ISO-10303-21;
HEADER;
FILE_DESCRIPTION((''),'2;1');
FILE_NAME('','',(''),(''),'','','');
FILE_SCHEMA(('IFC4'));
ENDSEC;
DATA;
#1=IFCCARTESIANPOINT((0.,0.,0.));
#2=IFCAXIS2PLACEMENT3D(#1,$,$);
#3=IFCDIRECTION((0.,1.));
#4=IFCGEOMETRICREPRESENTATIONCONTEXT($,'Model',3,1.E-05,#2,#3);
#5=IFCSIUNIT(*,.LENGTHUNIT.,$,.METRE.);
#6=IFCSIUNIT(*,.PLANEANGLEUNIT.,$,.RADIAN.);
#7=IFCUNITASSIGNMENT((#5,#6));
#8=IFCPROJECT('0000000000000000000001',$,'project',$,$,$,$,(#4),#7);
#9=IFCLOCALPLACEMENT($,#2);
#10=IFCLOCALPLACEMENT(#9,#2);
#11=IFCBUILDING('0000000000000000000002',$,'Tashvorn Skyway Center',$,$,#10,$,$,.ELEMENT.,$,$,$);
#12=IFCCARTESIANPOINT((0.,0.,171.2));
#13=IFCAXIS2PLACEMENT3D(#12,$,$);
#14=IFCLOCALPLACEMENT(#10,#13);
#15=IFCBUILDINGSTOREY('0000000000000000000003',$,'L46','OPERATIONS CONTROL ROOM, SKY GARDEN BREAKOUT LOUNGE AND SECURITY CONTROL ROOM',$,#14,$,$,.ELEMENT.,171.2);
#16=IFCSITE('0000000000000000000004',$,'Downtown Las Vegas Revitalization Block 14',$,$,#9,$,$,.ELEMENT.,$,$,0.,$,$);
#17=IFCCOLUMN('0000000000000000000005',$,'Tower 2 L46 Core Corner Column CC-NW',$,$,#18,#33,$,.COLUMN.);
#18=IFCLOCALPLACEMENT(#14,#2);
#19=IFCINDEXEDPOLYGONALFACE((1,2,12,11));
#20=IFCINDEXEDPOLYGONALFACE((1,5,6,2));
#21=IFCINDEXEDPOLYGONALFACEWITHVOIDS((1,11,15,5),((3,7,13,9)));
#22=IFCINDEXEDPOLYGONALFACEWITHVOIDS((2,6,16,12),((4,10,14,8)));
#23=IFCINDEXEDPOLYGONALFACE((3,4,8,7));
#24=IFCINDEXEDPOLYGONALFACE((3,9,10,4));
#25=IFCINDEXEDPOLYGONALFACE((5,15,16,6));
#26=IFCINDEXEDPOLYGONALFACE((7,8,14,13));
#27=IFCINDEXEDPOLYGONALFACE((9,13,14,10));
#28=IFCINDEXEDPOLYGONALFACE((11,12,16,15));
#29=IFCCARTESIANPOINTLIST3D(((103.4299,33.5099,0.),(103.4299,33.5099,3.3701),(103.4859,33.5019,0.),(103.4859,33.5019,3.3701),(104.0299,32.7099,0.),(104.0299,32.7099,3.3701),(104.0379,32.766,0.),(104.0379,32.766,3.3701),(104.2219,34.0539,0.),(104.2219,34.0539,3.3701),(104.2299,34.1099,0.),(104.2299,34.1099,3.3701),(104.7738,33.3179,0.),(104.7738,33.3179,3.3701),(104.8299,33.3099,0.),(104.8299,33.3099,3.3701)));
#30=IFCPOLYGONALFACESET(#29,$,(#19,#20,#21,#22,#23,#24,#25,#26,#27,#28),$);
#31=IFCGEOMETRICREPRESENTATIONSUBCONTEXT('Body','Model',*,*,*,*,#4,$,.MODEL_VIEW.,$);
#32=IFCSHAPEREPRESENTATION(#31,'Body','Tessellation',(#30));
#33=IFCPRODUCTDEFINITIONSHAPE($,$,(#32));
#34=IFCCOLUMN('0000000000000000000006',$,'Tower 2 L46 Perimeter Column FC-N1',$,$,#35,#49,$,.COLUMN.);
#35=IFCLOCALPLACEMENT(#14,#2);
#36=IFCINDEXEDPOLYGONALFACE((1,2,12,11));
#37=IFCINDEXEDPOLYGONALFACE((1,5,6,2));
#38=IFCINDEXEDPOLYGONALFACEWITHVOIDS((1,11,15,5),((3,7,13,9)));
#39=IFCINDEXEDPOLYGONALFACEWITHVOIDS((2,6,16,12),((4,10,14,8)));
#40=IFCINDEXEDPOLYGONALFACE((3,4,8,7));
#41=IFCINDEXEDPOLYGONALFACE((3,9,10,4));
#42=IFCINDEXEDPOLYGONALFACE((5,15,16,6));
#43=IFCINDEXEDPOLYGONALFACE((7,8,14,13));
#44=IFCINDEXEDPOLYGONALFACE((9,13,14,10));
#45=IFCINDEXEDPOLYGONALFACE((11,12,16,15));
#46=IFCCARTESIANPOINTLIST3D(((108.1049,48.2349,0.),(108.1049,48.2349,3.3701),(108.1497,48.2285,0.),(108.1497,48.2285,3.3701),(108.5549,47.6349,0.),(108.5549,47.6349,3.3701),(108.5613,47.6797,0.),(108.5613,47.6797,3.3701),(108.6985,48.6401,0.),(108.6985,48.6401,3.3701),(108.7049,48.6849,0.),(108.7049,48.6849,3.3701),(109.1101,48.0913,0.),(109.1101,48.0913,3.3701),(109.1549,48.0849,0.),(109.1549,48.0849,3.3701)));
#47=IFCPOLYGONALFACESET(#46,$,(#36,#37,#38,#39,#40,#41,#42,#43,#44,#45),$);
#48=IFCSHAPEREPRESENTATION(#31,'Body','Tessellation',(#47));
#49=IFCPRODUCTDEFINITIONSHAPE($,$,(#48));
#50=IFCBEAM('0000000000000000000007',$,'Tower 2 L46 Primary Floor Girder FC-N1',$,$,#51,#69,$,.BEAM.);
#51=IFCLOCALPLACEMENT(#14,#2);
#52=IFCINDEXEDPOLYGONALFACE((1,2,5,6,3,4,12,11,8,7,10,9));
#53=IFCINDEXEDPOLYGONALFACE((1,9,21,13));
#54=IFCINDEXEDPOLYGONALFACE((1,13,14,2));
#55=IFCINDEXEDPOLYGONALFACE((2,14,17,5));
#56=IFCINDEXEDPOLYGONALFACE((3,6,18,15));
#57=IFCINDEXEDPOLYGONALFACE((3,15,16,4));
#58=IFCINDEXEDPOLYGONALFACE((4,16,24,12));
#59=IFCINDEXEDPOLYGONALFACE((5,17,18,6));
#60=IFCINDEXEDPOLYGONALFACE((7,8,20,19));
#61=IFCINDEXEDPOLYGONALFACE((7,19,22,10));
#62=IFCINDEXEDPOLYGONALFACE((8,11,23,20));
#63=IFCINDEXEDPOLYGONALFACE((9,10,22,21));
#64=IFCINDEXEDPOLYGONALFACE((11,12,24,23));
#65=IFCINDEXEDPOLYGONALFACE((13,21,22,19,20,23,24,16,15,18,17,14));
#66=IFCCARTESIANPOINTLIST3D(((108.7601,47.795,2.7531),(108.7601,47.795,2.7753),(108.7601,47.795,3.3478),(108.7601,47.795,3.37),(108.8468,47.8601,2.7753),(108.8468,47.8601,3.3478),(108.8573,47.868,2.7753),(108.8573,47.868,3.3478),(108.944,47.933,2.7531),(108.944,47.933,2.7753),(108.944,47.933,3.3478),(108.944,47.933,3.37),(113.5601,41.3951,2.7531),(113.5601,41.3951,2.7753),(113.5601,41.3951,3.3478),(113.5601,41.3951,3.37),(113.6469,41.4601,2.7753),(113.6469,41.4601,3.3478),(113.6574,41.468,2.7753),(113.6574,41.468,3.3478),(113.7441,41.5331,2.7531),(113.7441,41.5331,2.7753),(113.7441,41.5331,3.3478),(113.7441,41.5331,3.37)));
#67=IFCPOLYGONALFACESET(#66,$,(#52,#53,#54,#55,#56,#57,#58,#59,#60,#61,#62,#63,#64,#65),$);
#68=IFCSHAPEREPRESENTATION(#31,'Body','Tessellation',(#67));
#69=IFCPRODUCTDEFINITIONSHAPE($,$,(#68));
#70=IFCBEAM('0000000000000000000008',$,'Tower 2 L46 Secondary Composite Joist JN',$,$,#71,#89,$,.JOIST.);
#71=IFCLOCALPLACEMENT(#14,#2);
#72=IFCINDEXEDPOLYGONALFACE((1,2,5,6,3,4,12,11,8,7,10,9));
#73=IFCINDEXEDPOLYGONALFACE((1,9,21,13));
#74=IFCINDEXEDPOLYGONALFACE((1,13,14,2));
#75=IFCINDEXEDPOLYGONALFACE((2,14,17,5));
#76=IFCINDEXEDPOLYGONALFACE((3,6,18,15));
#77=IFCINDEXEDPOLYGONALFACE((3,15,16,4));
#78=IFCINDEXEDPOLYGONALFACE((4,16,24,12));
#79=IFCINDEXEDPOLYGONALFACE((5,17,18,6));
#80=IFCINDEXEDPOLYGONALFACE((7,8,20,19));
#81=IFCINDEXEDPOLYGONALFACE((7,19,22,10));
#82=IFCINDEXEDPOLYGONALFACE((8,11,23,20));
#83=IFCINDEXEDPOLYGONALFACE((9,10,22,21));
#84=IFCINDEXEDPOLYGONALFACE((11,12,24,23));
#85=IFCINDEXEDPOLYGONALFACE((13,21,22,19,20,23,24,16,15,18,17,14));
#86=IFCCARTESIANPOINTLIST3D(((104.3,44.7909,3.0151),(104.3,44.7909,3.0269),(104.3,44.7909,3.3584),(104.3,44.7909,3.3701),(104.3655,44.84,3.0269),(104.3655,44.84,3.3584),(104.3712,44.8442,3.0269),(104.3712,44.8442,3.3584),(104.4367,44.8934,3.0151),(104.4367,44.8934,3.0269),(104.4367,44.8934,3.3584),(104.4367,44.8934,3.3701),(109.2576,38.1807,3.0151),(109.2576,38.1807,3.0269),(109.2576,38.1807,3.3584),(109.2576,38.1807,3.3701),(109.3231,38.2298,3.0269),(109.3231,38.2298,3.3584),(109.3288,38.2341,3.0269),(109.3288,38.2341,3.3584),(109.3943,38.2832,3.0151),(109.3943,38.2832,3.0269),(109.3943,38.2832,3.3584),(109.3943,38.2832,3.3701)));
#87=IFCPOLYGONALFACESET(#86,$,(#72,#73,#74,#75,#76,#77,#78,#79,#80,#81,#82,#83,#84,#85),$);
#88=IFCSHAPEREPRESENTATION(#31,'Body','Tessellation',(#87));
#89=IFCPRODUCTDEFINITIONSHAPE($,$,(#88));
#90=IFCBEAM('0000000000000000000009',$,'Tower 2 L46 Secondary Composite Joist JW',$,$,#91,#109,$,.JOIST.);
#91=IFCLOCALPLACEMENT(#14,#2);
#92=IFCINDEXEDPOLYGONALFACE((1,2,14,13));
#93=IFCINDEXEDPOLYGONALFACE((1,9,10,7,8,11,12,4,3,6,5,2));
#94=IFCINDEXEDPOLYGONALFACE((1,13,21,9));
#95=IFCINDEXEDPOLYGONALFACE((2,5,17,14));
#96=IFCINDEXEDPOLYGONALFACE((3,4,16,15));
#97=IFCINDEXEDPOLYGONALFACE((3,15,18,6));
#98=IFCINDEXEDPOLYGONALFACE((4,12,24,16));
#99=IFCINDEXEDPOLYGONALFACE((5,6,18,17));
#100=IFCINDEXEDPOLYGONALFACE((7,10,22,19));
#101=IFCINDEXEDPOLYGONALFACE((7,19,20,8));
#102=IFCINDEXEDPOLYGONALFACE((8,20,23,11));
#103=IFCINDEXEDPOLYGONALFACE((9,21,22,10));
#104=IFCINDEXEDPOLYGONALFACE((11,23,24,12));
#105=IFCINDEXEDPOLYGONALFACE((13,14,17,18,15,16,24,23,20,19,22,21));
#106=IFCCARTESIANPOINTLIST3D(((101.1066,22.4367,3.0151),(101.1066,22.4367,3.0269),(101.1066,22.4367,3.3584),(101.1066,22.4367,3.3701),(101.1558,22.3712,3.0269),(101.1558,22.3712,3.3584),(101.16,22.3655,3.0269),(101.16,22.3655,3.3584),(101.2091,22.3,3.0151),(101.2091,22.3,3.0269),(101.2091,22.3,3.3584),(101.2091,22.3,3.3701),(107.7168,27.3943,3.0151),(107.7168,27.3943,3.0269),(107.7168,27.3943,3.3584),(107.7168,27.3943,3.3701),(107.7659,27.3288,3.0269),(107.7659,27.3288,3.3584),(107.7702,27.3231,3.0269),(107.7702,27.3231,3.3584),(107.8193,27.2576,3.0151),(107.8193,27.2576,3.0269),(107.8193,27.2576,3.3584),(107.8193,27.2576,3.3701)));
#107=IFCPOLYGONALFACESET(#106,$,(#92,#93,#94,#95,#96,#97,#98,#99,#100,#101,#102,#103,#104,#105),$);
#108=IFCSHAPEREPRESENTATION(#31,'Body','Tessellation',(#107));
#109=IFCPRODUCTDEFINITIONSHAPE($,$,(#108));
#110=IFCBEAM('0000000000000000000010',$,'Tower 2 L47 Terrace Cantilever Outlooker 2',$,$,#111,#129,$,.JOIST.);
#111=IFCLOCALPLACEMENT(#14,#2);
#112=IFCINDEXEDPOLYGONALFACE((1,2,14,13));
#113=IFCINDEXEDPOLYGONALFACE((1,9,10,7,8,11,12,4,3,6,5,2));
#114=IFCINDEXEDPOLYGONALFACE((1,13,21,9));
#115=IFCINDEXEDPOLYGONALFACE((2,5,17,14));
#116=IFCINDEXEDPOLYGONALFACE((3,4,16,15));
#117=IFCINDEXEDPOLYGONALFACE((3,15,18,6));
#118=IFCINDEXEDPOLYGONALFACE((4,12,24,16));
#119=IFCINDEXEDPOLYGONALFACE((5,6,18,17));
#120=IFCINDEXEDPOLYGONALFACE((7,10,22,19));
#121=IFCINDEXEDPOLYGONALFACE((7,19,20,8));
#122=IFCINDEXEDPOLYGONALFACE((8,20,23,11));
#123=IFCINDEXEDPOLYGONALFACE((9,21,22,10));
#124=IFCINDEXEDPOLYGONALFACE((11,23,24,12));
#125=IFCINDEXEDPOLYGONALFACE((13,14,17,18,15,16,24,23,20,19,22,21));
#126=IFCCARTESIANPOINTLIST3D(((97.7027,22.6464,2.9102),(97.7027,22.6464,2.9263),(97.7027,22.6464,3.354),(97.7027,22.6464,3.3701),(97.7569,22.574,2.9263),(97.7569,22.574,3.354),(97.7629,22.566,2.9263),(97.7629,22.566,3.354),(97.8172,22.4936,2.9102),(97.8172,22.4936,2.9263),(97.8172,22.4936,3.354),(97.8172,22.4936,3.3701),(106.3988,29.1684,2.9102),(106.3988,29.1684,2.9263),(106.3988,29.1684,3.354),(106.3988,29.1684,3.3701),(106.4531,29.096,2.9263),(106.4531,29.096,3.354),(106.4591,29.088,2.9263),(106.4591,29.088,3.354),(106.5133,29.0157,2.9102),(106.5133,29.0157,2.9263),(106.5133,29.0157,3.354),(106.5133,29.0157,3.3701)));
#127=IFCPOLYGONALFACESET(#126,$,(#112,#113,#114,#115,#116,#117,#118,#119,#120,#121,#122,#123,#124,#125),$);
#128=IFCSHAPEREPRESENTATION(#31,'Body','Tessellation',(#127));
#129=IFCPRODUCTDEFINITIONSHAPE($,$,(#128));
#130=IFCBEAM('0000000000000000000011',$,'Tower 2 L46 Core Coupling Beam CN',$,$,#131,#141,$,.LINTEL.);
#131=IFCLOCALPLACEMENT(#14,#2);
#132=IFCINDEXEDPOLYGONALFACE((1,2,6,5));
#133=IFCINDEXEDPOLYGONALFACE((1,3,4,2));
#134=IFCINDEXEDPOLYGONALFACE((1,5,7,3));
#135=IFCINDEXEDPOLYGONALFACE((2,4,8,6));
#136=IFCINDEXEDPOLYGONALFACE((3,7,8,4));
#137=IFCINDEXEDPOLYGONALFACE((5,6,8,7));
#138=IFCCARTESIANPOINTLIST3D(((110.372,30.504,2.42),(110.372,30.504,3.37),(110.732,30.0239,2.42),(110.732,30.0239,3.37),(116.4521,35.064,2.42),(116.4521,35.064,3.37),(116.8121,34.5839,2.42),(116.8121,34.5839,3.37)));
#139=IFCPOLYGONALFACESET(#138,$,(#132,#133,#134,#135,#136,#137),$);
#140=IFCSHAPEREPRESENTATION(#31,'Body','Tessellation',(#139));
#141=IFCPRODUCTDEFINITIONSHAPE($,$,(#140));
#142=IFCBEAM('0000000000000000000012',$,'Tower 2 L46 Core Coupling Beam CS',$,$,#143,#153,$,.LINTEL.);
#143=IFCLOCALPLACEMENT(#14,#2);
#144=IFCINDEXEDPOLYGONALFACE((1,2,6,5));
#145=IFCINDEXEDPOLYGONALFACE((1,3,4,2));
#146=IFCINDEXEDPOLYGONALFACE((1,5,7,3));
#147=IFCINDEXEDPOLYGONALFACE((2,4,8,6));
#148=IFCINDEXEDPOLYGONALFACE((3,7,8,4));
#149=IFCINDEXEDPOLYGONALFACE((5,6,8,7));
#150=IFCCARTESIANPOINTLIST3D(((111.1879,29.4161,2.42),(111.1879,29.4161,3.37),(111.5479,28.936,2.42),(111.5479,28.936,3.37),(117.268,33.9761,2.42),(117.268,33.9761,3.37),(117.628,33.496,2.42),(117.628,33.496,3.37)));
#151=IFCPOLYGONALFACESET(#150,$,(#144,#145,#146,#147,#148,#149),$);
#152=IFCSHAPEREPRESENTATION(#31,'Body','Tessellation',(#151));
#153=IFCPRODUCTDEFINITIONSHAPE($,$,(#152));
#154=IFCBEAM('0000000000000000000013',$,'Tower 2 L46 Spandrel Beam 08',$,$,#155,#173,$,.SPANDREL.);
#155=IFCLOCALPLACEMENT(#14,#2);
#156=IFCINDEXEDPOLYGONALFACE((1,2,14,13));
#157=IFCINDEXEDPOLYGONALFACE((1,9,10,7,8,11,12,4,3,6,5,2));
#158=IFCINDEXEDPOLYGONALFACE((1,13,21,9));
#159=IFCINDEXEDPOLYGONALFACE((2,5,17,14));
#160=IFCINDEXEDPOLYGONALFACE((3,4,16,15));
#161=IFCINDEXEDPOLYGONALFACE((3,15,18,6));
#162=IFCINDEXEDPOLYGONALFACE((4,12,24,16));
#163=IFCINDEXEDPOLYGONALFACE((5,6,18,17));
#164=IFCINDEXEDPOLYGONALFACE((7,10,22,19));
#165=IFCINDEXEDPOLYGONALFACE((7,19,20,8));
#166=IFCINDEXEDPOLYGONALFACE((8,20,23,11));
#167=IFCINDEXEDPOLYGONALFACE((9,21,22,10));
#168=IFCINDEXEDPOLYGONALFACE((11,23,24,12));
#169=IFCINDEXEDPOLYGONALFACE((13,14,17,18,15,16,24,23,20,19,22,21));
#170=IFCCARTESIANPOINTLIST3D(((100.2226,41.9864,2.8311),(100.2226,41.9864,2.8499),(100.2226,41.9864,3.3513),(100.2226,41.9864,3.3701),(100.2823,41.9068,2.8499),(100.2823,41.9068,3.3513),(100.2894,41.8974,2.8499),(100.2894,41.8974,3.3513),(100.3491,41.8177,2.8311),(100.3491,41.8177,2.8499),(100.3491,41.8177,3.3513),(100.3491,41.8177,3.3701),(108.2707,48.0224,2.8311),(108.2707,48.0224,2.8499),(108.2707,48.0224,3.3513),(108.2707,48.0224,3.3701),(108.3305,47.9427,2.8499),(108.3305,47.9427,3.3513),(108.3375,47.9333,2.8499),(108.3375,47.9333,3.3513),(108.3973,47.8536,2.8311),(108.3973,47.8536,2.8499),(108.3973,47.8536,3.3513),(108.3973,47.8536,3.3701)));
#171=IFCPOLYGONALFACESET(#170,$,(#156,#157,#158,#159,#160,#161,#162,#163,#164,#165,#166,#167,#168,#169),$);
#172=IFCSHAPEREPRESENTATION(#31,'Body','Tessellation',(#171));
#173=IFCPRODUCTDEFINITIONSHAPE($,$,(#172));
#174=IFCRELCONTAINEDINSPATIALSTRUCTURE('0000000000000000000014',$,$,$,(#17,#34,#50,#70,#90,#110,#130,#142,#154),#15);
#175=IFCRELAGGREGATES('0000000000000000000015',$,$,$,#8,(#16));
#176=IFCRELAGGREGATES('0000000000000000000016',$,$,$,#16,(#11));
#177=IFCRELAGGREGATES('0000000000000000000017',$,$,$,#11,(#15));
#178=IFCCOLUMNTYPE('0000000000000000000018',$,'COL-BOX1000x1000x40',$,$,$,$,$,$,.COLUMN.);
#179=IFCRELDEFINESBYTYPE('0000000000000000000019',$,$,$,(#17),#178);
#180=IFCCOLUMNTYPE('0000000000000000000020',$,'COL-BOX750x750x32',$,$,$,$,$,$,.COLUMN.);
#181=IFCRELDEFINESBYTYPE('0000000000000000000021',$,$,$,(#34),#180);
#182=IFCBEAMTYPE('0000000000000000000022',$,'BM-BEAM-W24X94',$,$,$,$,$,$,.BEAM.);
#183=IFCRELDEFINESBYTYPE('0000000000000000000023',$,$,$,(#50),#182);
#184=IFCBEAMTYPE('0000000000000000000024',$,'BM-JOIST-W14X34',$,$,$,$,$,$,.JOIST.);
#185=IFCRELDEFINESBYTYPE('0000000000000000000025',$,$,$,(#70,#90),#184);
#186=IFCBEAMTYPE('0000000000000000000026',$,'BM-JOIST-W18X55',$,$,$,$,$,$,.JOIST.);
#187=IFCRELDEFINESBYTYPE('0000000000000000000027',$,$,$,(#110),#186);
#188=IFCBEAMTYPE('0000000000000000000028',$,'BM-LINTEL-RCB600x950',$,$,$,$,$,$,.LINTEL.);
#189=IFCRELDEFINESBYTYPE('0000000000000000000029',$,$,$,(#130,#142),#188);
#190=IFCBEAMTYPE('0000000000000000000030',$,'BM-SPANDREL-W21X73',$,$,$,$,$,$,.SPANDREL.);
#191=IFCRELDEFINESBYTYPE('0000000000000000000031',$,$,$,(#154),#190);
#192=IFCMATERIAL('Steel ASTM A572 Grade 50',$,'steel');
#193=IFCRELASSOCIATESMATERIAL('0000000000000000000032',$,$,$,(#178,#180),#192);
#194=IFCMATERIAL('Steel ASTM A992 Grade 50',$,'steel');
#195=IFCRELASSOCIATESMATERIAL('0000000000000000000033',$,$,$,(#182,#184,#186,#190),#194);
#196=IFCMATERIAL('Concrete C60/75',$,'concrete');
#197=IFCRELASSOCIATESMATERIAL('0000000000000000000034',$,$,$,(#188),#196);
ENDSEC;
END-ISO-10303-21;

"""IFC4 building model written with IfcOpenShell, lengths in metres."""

from ifc_helpers import new_model, si_unit, direction, frame, origin, origin_2d, place, context, subcontext, project, spatial, rectangle, hollow_rectangle, i_section, extrude, material, material_profile, profile_set, type_object, element, save


model = new_model("IFC4")

# Units and contexts
model_context = context("Model", 3, precision=1e-05, world=origin(), true_north=direction((0.0, 1.0)))
body_context = subcontext(model_context, "Body", "Model", "MODEL_VIEW")
ifc_project = project(units=[si_unit("LENGTHUNIT", "METRE"), si_unit("PLANEANGLEUNIT", "RADIAN")], contexts=[model_context])

# Site, building, storey
site_placement = place(None, origin())
site = spatial("IfcSite", under=ifc_project, at=site_placement, Name="Downtown Las Vegas Revitalization Block 14", CompositionType="ELEMENT", RefElevation=0.0)
building_placement = place(site_placement, origin())
building = spatial("IfcBuilding", under=site, at=building_placement, Name="Tashvorn Skyway Center", CompositionType="ELEMENT")
storey_placement = place(building_placement, frame((0.0, 0.0, 171.2)))
storey = spatial("IfcBuildingStorey", under=building, at=storey_placement, Name="L46", Description="OPERATIONS CONTROL ROOM, SKY GARDEN BREAKOUT LOUNGE AND SECURITY CONTROL ROOM", CompositionType="ELEMENT", Elevation=171.2)

# Columns
ifc_material_1 = material(Name="Steel ASTM A572 Grade 50", Category="steel")
ifc_material_profile_1 = material_profile(ifc_material_1, hollow_rectangle(XDim=1.0, YDim=1.0, WallThickness=0.04, at=origin_2d()), Name="BOX1000x1000x40")
ifc_profile_set_1 = profile_set([ifc_material_profile_1], Name="Steel ASTM A572 Grade 50")
column_type_1 = type_object("IfcColumnType", Name="COL-BOX1000x1000x40", PredefinedType="COLUMN", material=ifc_profile_set_1)
column_1_placement = place(storey_placement, frame((104.1299, 33.4099, 0.0), z_axis=(0.0, 0.0, 1.0), x_axis=(0.8, 0.6, 0.0)))
element("IfcColumn", 1, at=column_1_placement, inside=storey, type_object=column_type_1, Name="Tower 2 L46 Core Corner Column CC-NW", PredefinedType="COLUMN", context=body_context, shape_type="SweptSolid", body=[
    extrude(hollow_rectangle(XDim=1.0, YDim=1.0, WallThickness=0.04, at=origin_2d()), origin(), (0.0, 0.0, 1.0), 3.3701),
])
ifc_material_profile_2 = material_profile(ifc_material_1, hollow_rectangle(XDim=0.75, YDim=0.75, WallThickness=0.032, at=origin_2d()), Name="BOX750x750x32")
ifc_profile_set_2 = profile_set([ifc_material_profile_2], Name="Steel ASTM A572 Grade 50")
column_type_2 = type_object("IfcColumnType", Name="COL-BOX750x750x32", PredefinedType="COLUMN", material=ifc_profile_set_2)
column_2_placement = place(storey_placement, frame((108.6299, 48.1599, 0.0), z_axis=(0.0, 0.0, 1.0), x_axis=(0.8, 0.6, 0.0)))
element("IfcColumn", 2, at=column_2_placement, inside=storey, type_object=column_type_2, Name="Tower 2 L46 Perimeter Column FC-N1", PredefinedType="COLUMN", context=body_context, shape_type="SweptSolid", body=[
    extrude(hollow_rectangle(XDim=0.75, YDim=0.75, WallThickness=0.032, at=origin_2d()), origin(), (0.0, 0.0, 1.0), 3.3701),
])

# Beams
ifc_material_2 = material(Name="Steel ASTM A992 Grade 50", Category="steel")
ifc_material_profile_3 = material_profile(ifc_material_2, i_section(OverallWidth=0.23, OverallDepth=0.6169, WebThickness=0.0132, FlangeThickness=0.0222, at=origin_2d()), Name="W24X94")
ifc_profile_set_3 = profile_set([ifc_material_profile_3], Name="Steel ASTM A992 Grade 50")
beam_type_1 = type_object("IfcBeamType", Name="BM-BEAM-W24X94", PredefinedType="BEAM", material=ifc_profile_set_3)
beam_1_placement = place(storey_placement, frame((108.8521, 47.864, 3.0615), z_axis=(0.60001, -0.799993, 0.0), x_axis=(0.799993, 0.60001, 0.0)))
element("IfcBeam", 3, at=beam_1_placement, inside=storey, type_object=beam_type_1, Name="Tower 2 L46 Primary Floor Girder FC-N1", PredefinedType="BEAM", context=body_context, shape_type="SweptSolid", body=[
    extrude(i_section(OverallWidth=0.23, OverallDepth=0.6169, WebThickness=0.0132, FlangeThickness=0.0222, at=origin_2d()), origin(), (0.0, 0.0, 1.0), 8.0),
])
ifc_material_profile_4 = material_profile(ifc_material_2, i_section(OverallWidth=0.1709, OverallDepth=0.355, WebThickness=0.0071, FlangeThickness=0.0117, at=origin_2d()), Name="W14X34")
ifc_profile_set_4 = profile_set([ifc_material_profile_4], Name="Steel ASTM A992 Grade 50")
beam_type_2 = type_object("IfcBeamType", Name="BM-JOIST-W14X34", PredefinedType="JOIST", material=ifc_profile_set_4)
for number, where, z_axis, x_axis, name in (
    (4, (109.3259, 38.2319, 3.1926), (-0.599995, 0.800004, 0.0), (-0.800004, -0.599995, 0.0), "Tower 2 L46 Secondary Composite Joist JN"),
    (5, (107.7681, 27.3259, 3.1926), (-0.800004, -0.599995, 0.0), (0.599995, -0.800004, 0.0), "Tower 2 L46 Secondary Composite Joist JW"),
):
    element("IfcBeam", number, at=place(storey_placement, frame(where, z_axis=z_axis, x_axis=x_axis)), inside=storey, type_object=beam_type_2, Name=name, PredefinedType="JOIST", context=body_context, shape_type="SweptSolid", body=[
        extrude(i_section(OverallWidth=0.1709, OverallDepth=0.355, WebThickness=0.0071, FlangeThickness=0.0117, at=origin_2d()), origin(), (0.0, 0.0, 1.0), 8.2627),
    ])
ifc_material_profile_5 = material_profile(ifc_material_2, i_section(OverallWidth=0.1909, OverallDepth=0.46, WebThickness=0.01, FlangeThickness=0.0161, at=origin_2d()), Name="W18X55")
ifc_profile_set_5 = profile_set([ifc_material_profile_5], Name="Steel ASTM A992 Grade 50")
beam_type_3 = type_object("IfcBeamType", Name="BM-JOIST-W18X55", PredefinedType="JOIST", material=ifc_profile_set_5)
beam_2_placement = place(storey_placement, frame((106.4561, 29.092, 3.1401), z_axis=(-0.800003, -0.599996, 0.0), x_axis=(0.599996, -0.800003, 0.0)))
element("IfcBeam", 6, at=beam_2_placement, inside=storey, type_object=beam_type_3, Name="Tower 2 L47 Terrace Cantilever Outlooker 2", PredefinedType="JOIST", context=body_context, shape_type="SweptSolid", body=[
    extrude(i_section(OverallWidth=0.1909, OverallDepth=0.46, WebThickness=0.01, FlangeThickness=0.0161, at=origin_2d()), origin(), (0.0, 0.0, 1.0), 10.8701),
])
ifc_material_3 = material(Name="Concrete C60/75", Category="concrete")
ifc_material_profile_6 = material_profile(ifc_material_3, rectangle(XDim=0.6001, YDim=0.95, at=origin_2d()), Name="RCB600x950")
ifc_profile_set_6 = profile_set([ifc_material_profile_6], Name="Concrete C60/75")
beam_type_4 = type_object("IfcBeamType", Name="BM-LINTEL-RCB600x950", PredefinedType="LINTEL", material=ifc_profile_set_6)
for number, where, z_axis, x_axis, name in (
    (7, (110.552, 30.2639, 2.895), (0.8, 0.6, 0.0), (-0.6, 0.8, 0.0), "Tower 2 L46 Core Coupling Beam CN"),
    (8, (111.3679, 29.176, 2.895), (0.8, 0.6, 0.0), (-0.6, 0.8, 0.0), "Tower 2 L46 Core Coupling Beam CS"),
):
    element("IfcBeam", number, at=place(storey_placement, frame(where, z_axis=z_axis, x_axis=x_axis)), inside=storey, type_object=beam_type_4, Name=name, PredefinedType="LINTEL", context=body_context, shape_type="SweptSolid", body=[
        extrude(rectangle(XDim=0.6001, YDim=0.95, at=origin_2d()), origin(), (0.0, 0.0, 1.0), 7.6001),
    ])
ifc_material_profile_7 = material_profile(ifc_material_2, i_section(OverallWidth=0.2109, OverallDepth=0.5391, WebThickness=0.0117, FlangeThickness=0.0188, at=origin_2d()), Name="W21X73")
ifc_profile_set_7 = profile_set([ifc_material_profile_7], Name="Steel ASTM A992 Grade 50")
beam_type_5 = type_object("IfcBeamType", Name="BM-SPANDREL-W21X73", PredefinedType="SPANDREL", material=ifc_profile_set_7)
beam_3_placement = place(storey_placement, frame((108.334, 47.938, 3.1006), z_axis=(-0.800009, -0.599988, 0.0), x_axis=(0.599988, -0.800009, 0.0)))
element("IfcBeam", 9, at=beam_3_placement, inside=storey, type_object=beam_type_5, Name="Tower 2 L46 Spandrel Beam 08", PredefinedType="SPANDREL", context=body_context, shape_type="SweptSolid", body=[
    extrude(i_section(OverallWidth=0.2109, OverallDepth=0.5391, WebThickness=0.0117, FlangeThickness=0.0188, at=origin_2d()), origin(), (0.0, 0.0, 1.0), 10.0601),
])

save(model, "model.ifc")
